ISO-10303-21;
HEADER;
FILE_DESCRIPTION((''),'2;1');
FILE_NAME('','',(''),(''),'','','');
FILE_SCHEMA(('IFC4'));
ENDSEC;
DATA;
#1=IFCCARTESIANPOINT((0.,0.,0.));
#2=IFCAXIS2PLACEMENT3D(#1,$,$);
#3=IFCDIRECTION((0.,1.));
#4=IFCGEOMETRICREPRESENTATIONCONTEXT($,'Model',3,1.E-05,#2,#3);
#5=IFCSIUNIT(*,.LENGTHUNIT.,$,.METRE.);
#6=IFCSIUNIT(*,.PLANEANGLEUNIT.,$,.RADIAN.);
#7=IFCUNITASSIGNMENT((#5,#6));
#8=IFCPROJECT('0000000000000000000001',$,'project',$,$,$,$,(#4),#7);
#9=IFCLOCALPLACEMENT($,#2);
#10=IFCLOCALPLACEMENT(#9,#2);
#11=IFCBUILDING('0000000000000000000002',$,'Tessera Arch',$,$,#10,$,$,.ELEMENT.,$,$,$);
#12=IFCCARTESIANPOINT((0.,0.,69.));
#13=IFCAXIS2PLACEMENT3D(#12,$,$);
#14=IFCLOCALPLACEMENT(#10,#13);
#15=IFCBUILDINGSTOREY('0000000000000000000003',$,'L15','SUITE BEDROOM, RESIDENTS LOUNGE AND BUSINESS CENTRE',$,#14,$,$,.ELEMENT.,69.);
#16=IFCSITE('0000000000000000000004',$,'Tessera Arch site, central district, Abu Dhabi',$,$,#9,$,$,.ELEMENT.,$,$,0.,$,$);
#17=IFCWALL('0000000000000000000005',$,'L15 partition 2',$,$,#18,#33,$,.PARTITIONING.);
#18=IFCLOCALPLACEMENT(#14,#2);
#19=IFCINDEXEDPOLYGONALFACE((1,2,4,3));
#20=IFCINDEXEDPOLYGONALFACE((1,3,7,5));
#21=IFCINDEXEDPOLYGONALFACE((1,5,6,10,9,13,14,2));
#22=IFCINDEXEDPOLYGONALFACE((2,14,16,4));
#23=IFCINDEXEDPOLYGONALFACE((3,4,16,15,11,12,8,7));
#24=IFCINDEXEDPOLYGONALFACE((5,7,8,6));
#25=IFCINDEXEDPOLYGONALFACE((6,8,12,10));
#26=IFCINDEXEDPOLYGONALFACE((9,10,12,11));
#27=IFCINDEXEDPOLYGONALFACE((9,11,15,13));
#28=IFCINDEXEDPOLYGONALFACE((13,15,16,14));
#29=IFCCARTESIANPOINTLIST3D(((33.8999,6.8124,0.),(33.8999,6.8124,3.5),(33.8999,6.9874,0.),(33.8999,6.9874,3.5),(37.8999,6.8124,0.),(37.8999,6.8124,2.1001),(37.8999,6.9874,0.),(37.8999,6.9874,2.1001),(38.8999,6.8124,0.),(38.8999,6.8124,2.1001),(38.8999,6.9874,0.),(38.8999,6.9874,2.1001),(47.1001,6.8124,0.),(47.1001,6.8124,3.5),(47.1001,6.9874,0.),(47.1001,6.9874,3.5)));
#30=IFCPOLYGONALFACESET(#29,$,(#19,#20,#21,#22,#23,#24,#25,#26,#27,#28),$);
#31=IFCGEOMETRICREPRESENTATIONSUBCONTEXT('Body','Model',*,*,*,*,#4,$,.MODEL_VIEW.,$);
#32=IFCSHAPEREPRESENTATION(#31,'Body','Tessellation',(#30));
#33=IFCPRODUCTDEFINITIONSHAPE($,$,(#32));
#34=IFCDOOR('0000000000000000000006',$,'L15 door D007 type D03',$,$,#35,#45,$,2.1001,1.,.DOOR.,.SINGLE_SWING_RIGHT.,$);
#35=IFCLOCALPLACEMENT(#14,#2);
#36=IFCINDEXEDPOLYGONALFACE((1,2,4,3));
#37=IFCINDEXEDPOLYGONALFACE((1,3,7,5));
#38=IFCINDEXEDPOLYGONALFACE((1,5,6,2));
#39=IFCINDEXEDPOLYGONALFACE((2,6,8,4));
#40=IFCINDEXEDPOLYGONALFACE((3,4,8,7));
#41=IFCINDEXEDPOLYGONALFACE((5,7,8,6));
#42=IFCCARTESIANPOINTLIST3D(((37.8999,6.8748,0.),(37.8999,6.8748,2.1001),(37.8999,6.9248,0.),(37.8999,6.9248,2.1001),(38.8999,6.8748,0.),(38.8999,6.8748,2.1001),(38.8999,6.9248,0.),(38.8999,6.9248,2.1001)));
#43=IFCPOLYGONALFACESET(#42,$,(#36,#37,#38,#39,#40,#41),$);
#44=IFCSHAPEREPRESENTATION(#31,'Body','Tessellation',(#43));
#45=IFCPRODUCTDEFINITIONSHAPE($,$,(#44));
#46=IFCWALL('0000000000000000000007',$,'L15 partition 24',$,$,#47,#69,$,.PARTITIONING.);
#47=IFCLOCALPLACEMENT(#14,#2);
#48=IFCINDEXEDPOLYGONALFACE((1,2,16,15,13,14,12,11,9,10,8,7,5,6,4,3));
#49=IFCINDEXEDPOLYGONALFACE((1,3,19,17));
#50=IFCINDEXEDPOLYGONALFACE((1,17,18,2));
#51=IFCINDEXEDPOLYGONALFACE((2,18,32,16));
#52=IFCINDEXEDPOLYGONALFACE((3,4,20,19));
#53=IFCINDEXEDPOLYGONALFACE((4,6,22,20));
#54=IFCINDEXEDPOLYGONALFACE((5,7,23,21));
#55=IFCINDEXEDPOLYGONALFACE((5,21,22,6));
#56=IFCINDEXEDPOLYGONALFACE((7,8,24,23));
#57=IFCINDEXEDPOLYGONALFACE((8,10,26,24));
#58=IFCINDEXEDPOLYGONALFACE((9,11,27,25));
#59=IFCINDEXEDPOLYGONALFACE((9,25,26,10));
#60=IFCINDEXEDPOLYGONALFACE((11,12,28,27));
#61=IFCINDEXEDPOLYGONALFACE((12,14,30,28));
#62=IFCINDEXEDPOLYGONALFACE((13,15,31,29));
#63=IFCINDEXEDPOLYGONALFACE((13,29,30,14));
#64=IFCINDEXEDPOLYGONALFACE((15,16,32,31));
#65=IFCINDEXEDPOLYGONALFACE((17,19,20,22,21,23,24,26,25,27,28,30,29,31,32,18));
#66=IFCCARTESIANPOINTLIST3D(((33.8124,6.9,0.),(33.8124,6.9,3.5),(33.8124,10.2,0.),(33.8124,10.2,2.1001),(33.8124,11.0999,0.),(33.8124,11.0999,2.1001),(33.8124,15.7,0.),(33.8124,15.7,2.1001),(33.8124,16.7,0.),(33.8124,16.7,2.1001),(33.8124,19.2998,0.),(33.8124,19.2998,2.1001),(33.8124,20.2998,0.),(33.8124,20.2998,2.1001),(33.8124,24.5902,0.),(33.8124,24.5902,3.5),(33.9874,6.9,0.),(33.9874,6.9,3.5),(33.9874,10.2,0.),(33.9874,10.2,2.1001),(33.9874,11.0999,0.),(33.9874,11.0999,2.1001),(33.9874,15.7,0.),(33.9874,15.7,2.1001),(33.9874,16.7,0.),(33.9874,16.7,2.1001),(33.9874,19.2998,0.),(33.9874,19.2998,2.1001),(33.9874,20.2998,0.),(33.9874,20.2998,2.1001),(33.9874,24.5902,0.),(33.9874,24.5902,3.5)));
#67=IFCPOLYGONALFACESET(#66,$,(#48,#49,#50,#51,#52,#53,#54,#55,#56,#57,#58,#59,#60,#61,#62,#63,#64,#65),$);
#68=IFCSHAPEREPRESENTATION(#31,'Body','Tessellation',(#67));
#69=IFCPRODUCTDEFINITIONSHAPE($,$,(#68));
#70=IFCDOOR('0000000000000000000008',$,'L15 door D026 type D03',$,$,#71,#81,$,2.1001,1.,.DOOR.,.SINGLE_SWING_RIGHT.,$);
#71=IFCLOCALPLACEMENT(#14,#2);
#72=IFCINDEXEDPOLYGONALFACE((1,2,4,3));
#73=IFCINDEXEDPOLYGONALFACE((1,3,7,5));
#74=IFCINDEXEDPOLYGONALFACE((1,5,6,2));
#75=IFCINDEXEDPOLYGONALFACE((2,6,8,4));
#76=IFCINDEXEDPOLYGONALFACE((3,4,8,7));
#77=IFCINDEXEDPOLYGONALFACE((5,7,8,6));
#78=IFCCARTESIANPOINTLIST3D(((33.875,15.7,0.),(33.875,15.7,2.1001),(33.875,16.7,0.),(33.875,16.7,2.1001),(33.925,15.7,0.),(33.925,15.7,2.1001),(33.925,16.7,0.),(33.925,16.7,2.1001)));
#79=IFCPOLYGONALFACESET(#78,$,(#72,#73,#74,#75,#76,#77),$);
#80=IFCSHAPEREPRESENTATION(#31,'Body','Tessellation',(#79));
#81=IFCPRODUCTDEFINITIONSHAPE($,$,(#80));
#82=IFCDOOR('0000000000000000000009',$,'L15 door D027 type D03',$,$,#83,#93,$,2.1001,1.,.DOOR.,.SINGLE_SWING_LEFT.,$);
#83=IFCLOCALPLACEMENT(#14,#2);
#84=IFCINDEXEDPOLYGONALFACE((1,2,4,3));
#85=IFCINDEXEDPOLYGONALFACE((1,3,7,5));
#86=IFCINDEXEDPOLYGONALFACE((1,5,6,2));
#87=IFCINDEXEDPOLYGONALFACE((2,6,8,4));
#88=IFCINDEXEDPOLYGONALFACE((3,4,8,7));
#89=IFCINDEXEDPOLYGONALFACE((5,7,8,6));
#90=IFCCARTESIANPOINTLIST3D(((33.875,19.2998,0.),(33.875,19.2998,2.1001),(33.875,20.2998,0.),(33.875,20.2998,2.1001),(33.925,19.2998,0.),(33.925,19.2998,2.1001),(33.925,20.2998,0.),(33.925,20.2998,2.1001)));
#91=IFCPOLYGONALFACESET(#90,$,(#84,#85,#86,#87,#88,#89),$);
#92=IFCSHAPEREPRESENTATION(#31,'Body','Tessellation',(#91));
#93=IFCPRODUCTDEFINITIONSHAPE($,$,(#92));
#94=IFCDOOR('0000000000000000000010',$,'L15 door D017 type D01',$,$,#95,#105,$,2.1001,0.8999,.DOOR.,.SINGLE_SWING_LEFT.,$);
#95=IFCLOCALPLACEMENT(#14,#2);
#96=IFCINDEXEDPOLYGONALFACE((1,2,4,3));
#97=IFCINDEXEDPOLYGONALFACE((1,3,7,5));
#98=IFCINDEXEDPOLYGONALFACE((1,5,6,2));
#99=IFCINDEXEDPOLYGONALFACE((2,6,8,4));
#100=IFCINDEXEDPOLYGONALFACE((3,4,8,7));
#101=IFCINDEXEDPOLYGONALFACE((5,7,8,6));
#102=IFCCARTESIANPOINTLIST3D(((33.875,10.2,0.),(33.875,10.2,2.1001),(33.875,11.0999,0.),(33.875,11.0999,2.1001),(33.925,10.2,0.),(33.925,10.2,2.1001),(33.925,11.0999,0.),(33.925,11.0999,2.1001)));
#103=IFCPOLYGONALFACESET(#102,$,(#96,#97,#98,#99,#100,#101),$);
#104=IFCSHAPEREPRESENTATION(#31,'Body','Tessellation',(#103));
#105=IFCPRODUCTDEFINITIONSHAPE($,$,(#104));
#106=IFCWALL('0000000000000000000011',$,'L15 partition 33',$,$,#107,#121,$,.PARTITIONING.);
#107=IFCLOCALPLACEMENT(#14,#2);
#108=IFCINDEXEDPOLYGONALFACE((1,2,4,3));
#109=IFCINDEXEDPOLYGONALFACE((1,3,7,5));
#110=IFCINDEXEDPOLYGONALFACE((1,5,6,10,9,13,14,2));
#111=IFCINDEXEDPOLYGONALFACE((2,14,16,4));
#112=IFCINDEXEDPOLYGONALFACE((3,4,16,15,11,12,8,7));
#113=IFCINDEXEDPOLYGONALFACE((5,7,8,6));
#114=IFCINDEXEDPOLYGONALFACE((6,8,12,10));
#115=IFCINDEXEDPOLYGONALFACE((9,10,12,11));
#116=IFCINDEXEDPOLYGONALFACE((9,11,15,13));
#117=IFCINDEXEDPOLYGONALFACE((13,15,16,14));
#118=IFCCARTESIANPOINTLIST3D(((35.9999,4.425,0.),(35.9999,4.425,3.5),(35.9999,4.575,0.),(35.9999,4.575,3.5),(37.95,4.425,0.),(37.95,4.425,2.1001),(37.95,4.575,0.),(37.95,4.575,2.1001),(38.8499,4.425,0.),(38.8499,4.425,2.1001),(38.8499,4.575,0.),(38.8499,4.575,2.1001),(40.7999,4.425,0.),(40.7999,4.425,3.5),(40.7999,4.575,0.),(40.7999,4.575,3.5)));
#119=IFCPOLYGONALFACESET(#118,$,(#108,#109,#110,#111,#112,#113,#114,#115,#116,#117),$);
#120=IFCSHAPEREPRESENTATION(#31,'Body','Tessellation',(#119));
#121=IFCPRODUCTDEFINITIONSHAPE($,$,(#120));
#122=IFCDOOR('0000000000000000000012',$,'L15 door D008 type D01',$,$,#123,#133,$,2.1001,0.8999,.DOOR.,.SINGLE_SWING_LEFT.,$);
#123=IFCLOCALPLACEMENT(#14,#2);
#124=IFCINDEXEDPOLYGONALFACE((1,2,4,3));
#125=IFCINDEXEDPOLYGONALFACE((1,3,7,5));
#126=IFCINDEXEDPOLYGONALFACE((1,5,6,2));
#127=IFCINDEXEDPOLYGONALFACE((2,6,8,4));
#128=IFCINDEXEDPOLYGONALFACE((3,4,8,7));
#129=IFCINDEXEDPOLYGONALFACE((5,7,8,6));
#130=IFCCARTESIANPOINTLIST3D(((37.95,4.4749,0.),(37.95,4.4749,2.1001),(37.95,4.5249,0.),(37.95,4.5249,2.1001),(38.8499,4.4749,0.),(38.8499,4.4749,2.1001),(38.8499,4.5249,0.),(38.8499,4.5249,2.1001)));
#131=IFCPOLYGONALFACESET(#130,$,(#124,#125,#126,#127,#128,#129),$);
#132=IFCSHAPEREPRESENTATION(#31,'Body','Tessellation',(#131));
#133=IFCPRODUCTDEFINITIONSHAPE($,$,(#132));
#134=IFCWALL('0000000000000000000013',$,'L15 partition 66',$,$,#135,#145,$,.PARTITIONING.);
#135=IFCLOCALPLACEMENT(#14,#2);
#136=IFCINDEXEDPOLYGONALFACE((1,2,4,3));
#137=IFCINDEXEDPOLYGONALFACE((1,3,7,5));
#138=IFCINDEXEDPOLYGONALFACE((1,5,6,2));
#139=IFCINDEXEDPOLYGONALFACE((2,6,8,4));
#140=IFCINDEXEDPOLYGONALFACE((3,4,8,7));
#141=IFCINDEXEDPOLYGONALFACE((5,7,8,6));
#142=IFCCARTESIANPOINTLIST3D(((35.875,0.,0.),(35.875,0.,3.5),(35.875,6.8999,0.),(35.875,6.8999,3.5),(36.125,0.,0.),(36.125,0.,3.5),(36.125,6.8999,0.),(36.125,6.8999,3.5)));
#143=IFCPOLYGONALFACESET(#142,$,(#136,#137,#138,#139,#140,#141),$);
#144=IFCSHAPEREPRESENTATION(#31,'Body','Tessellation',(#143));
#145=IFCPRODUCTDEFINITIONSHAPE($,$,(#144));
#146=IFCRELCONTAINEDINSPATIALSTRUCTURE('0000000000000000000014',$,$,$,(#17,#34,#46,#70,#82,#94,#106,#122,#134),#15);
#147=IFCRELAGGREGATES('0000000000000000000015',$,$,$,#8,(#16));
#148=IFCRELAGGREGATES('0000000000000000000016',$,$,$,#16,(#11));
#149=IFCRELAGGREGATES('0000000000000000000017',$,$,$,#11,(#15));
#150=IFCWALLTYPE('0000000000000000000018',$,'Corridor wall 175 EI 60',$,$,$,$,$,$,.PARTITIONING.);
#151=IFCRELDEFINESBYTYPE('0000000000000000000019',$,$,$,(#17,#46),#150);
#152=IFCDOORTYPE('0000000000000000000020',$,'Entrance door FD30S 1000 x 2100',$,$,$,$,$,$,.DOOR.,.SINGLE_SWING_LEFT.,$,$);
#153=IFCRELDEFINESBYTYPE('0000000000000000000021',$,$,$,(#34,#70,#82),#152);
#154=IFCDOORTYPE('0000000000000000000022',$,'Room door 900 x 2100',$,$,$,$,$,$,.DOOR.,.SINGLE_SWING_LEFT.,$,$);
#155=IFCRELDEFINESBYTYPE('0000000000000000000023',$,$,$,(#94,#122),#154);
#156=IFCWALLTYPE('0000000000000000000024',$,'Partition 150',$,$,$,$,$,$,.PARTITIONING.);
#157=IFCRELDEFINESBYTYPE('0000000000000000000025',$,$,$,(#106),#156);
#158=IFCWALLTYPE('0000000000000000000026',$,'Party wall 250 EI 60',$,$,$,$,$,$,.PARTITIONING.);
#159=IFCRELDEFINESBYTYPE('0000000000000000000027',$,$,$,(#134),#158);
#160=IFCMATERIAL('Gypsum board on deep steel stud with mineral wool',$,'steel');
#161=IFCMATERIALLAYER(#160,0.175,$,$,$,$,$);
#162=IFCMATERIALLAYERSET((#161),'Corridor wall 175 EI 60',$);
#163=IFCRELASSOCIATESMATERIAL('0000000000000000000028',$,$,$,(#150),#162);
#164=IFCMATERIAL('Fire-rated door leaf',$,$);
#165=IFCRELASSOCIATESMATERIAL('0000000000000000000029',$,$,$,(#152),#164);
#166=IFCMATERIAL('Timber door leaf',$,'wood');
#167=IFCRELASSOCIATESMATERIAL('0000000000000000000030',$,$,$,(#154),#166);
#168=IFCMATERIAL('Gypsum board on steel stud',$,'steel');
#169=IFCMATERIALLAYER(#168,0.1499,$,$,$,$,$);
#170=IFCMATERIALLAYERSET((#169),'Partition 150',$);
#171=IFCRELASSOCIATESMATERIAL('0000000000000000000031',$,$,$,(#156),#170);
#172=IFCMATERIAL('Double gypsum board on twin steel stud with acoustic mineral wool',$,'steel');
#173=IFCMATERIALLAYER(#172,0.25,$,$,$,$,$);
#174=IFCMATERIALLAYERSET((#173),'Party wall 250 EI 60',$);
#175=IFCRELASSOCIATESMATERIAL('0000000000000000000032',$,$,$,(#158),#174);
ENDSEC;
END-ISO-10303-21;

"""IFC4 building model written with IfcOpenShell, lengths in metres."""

from ifc_helpers import new_model, si_unit, direction, frame, frame_2d, origin, place, context, subcontext, project, spatial, rectangle, extrude, material, layer, layer_set, type_object, element, fill, save


model = new_model("IFC4")

# Units and contexts
model_context = context("Model", 3, precision=1e-05, world=origin(), true_north=direction((0.0, 1.0)))
body_context = subcontext(model_context, "Body", "Model", "MODEL_VIEW")
ifc_project = project(units=[si_unit("LENGTHUNIT", "METRE"), si_unit("PLANEANGLEUNIT", "RADIAN")], contexts=[model_context])

# Site, building, storey
site_placement = place(None, origin())
site = spatial("IfcSite", under=ifc_project, at=site_placement, Name="Tessera Arch site, central district, Abu Dhabi", CompositionType="ELEMENT", RefElevation=0.0)
building_placement = place(site_placement, origin())
building = spatial("IfcBuilding", under=site, at=building_placement, Name="Tessera Arch", CompositionType="ELEMENT")
storey_placement = place(building_placement, frame((0.0, 0.0, 69.0)))
storey = spatial("IfcBuildingStorey", under=building, at=storey_placement, Name="L15", Description="SUITE BEDROOM, RESIDENTS LOUNGE AND BUSINESS CENTRE", CompositionType="ELEMENT", Elevation=69.0)

# Wall, opening, door
ifc_material_1 = material(Name="Gypsum board on deep steel stud with mineral wool", Category="steel")
ifc_layer_1 = layer(ifc_material_1, 0.175)
ifc_layer_set_1 = layer_set([ifc_layer_1], Name="Corridor wall 175 EI 60")
wall_type_1 = type_object("IfcWallType", Name="Corridor wall 175 EI 60", PredefinedType="PARTITIONING", material=ifc_layer_set_1)
wall_1_placement = place(storey_placement, frame((33.8999, 6.8999, 0.0), z_axis=(0.0, 0.0, 1.0), x_axis=(1.0, 0.0, 0.0)))
wall_1 = element("IfcWall", 1, at=wall_1_placement, inside=storey, type_object=wall_type_1, Name="L15 partition 2", PredefinedType="PARTITIONING", context=body_context, shape_type="SweptSolid", body=[
    extrude(rectangle(XDim=13.2002, YDim=0.175, at=frame_2d((6.6001, 0.0))), origin(), (0.0, 0.0, 1.0), 3.5),
])
opening_1_placement = place(wall_1_placement, frame((4.0, 0.0, 0.0)))
opening_1 = element("IfcOpeningElement", 2, at=opening_1_placement, cuts=wall_1, PredefinedType="OPENING", context=body_context, shape_type="SweptSolid", body=[
    extrude(rectangle(XDim=1.0, YDim=2.1001, at=frame_2d((0.5, 1.05))), frame((0.0, 0.0974, 0.0), z_axis=(0.0, -1.0, 0.0), x_axis=(1.0, 0.0, 0.0)), (0.0, 0.0, 1.0), 0.1951),
])
ifc_material_2 = material(Name="Fire-rated door leaf")
door_type_1 = type_object("IfcDoorType", Name="Entrance door FD30S 1000 x 2100", OperationType="SINGLE_SWING_LEFT", PredefinedType="DOOR", material=ifc_material_2)
door_1_placement = place(opening_1_placement, origin())
door_1 = element("IfcDoor", 3, at=door_1_placement, inside=storey, type_object=door_type_1, Name="L15 door D007 type D03", OperationType="SINGLE_SWING_RIGHT", OverallHeight=2.1001, OverallWidth=1.0, PredefinedType="DOOR", context=body_context, shape_type="SweptSolid", body=[
    extrude(rectangle(XDim=1.0, YDim=2.1001, at=frame_2d((0.5, 1.05))), frame((0.0, 0.0249, 0.0), z_axis=(0.0, -1.0, 0.0), x_axis=(1.0, 0.0, 0.0)), (0.0, 0.0, 1.0), 0.05),
])
fill(opening_1, door_1)

# Wall, openings, doors
wall_2_placement = place(storey_placement, frame((33.8999, 6.8999, 0.0), z_axis=(0.0, 0.0, 1.0), x_axis=(0.0, 1.0, 0.0)))
wall_2 = element("IfcWall", 4, at=wall_2_placement, inside=storey, type_object=wall_type_1, Name="L15 partition 24", PredefinedType="PARTITIONING", context=body_context, shape_type="SweptSolid", body=[
    extrude(rectangle(XDim=17.6902, YDim=0.175, at=frame_2d((8.8452, 0.0))), origin(), (0.0, 0.0, 1.0), 3.5),
])
opening_2_placement = place(wall_2_placement, frame((3.3, 0.0, 0.0)))
opening_2 = element("IfcOpeningElement", 5, at=opening_2_placement, cuts=wall_2, PredefinedType="OPENING", context=body_context, shape_type="SweptSolid", body=[
    extrude(rectangle(XDim=0.8999, YDim=2.1001, at=frame_2d((0.45, 1.05))), frame((0.0, 0.0974, 0.0), z_axis=(0.0, -1.0, 0.0), x_axis=(1.0, 0.0, 0.0)), (0.0, 0.0, 1.0), 0.1951),
])
opening_3_placement = place(wall_2_placement, frame((8.8, 0.0, 0.0)))
opening_3 = element("IfcOpeningElement", 6, at=opening_3_placement, cuts=wall_2, PredefinedType="OPENING", context=body_context, shape_type="SweptSolid", body=[
    extrude(rectangle(XDim=1.0, YDim=2.1001, at=frame_2d((0.5, 1.05))), frame((0.0, 0.0974, 0.0), z_axis=(0.0, -1.0, 0.0), x_axis=(1.0, 0.0, 0.0)), (0.0, 0.0, 1.0), 0.1951),
])
opening_4_placement = place(wall_2_placement, frame((12.3999, 0.0, 0.0)))
opening_4 = element("IfcOpeningElement", 7, at=opening_4_placement, cuts=wall_2, PredefinedType="OPENING", context=body_context, shape_type="SweptSolid", body=[
    extrude(rectangle(XDim=1.0, YDim=2.1001, at=frame_2d((0.5, 1.05))), frame((0.0, 0.0974, 0.0), z_axis=(0.0, -1.0, 0.0), x_axis=(1.0, 0.0, 0.0)), (0.0, 0.0, 1.0), 0.1951),
])
door_2_placement = place(opening_3_placement, origin())
door_2 = element("IfcDoor", 8, at=door_2_placement, inside=storey, type_object=door_type_1, Name="L15 door D026 type D03", OperationType="SINGLE_SWING_RIGHT", OverallHeight=2.1001, OverallWidth=1.0, PredefinedType="DOOR", context=body_context, shape_type="SweptSolid", body=[
    extrude(rectangle(XDim=1.0, YDim=2.1001, at=frame_2d((0.5, 1.05))), frame((0.0, 0.0249, 0.0), z_axis=(0.0, -1.0, 0.0), x_axis=(1.0, 0.0, 0.0)), (0.0, 0.0, 1.0), 0.05),
])
fill(opening_3, door_2)
door_3_placement = place(opening_4_placement, origin())
door_3 = element("IfcDoor", 9, at=door_3_placement, inside=storey, type_object=door_type_1, Name="L15 door D027 type D03", OperationType="SINGLE_SWING_LEFT", OverallHeight=2.1001, OverallWidth=1.0, PredefinedType="DOOR", context=body_context, shape_type="SweptSolid", body=[
    extrude(rectangle(XDim=1.0, YDim=2.1001, at=frame_2d((0.5, 1.05))), frame((0.0, 0.0249, 0.0), z_axis=(0.0, -1.0, 0.0), x_axis=(1.0, 0.0, 0.0)), (0.0, 0.0, 1.0), 0.05),
])
fill(opening_4, door_3)
ifc_material_3 = material(Name="Timber door leaf", Category="wood")
door_type_2 = type_object("IfcDoorType", Name="Room door 900 x 2100", OperationType="SINGLE_SWING_LEFT", PredefinedType="DOOR", material=ifc_material_3)
door_4_placement = place(opening_2_placement, origin())
door_4 = element("IfcDoor", 10, at=door_4_placement, inside=storey, type_object=door_type_2, Name="L15 door D017 type D01", OperationType="SINGLE_SWING_LEFT", OverallHeight=2.1001, OverallWidth=0.8999, PredefinedType="DOOR", context=body_context, shape_type="SweptSolid", body=[
    extrude(rectangle(XDim=0.8999, YDim=2.1001, at=frame_2d((0.45, 1.05))), frame((0.0, 0.0249, 0.0), z_axis=(0.0, -1.0, 0.0), x_axis=(1.0, 0.0, 0.0)), (0.0, 0.0, 1.0), 0.05),
])
fill(opening_2, door_4)

# Wall, opening, door
ifc_material_4 = material(Name="Gypsum board on steel stud", Category="steel")
ifc_layer_2 = layer(ifc_material_4, 0.1499)
ifc_layer_set_2 = layer_set([ifc_layer_2], Name="Partition 150")
wall_type_2 = type_object("IfcWallType", Name="Partition 150", PredefinedType="PARTITIONING", material=ifc_layer_set_2)
wall_3_placement = place(storey_placement, frame((36.0, 4.5, 0.0), z_axis=(0.0, 0.0, 1.0), x_axis=(1.0, 0.0, 0.0)))
wall_3 = element("IfcWall", 11, at=wall_3_placement, inside=storey, type_object=wall_type_2, Name="L15 partition 33", PredefinedType="PARTITIONING", context=body_context, shape_type="SweptSolid", body=[
    extrude(rectangle(XDim=4.8, YDim=0.1499, at=frame_2d((2.3999, 0.0))), origin(), (0.0, 0.0, 1.0), 3.5),
])
opening_5_placement = place(wall_3_placement, frame((1.95, 0.0, 0.0)))
opening_5 = element("IfcOpeningElement", 12, at=opening_5_placement, cuts=wall_3, PredefinedType="OPENING", context=body_context, shape_type="SweptSolid", body=[
    extrude(rectangle(XDim=0.8999, YDim=2.1001, at=frame_2d((0.45, 1.05))), frame((0.0, 0.085, 0.0), z_axis=(0.0, -1.0, 0.0), x_axis=(1.0, 0.0, 0.0)), (0.0, 0.0, 1.0), 0.1699),
])
door_5_placement = place(opening_5_placement, origin())
door_5 = element("IfcDoor", 13, at=door_5_placement, inside=storey, type_object=door_type_2, Name="L15 door D008 type D01", OperationType="SINGLE_SWING_LEFT", OverallHeight=2.1001, OverallWidth=0.8999, PredefinedType="DOOR", context=body_context, shape_type="SweptSolid", body=[
    extrude(rectangle(XDim=0.8999, YDim=2.1001, at=frame_2d((0.45, 1.05))), frame((0.0, 0.0249, 0.0), z_axis=(0.0, -1.0, 0.0), x_axis=(1.0, 0.0, 0.0)), (0.0, 0.0, 1.0), 0.05),
])
fill(opening_5, door_5)

# Wall
ifc_material_5 = material(Name="Double gypsum board on twin steel stud with acoustic mineral wool", Category="steel")
ifc_layer_3 = layer(ifc_material_5, 0.25)
ifc_layer_set_3 = layer_set([ifc_layer_3], Name="Party wall 250 EI 60")
wall_type_3 = type_object("IfcWallType", Name="Party wall 250 EI 60", PredefinedType="PARTITIONING", material=ifc_layer_set_3)
wall_4_placement = place(storey_placement, frame((36.0, 0.0, 0.0), z_axis=(0.0, 0.0, 1.0), x_axis=(0.0, 1.0, 0.0)))
element("IfcWall", 14, at=wall_4_placement, inside=storey, type_object=wall_type_3, Name="L15 partition 66", PredefinedType="PARTITIONING", context=body_context, shape_type="SweptSolid", body=[
    extrude(rectangle(XDim=6.8999, YDim=0.25, at=frame_2d((3.45, 0.0))), origin(), (0.0, 0.0, 1.0), 3.5),
])

save(model, "model.ifc")
